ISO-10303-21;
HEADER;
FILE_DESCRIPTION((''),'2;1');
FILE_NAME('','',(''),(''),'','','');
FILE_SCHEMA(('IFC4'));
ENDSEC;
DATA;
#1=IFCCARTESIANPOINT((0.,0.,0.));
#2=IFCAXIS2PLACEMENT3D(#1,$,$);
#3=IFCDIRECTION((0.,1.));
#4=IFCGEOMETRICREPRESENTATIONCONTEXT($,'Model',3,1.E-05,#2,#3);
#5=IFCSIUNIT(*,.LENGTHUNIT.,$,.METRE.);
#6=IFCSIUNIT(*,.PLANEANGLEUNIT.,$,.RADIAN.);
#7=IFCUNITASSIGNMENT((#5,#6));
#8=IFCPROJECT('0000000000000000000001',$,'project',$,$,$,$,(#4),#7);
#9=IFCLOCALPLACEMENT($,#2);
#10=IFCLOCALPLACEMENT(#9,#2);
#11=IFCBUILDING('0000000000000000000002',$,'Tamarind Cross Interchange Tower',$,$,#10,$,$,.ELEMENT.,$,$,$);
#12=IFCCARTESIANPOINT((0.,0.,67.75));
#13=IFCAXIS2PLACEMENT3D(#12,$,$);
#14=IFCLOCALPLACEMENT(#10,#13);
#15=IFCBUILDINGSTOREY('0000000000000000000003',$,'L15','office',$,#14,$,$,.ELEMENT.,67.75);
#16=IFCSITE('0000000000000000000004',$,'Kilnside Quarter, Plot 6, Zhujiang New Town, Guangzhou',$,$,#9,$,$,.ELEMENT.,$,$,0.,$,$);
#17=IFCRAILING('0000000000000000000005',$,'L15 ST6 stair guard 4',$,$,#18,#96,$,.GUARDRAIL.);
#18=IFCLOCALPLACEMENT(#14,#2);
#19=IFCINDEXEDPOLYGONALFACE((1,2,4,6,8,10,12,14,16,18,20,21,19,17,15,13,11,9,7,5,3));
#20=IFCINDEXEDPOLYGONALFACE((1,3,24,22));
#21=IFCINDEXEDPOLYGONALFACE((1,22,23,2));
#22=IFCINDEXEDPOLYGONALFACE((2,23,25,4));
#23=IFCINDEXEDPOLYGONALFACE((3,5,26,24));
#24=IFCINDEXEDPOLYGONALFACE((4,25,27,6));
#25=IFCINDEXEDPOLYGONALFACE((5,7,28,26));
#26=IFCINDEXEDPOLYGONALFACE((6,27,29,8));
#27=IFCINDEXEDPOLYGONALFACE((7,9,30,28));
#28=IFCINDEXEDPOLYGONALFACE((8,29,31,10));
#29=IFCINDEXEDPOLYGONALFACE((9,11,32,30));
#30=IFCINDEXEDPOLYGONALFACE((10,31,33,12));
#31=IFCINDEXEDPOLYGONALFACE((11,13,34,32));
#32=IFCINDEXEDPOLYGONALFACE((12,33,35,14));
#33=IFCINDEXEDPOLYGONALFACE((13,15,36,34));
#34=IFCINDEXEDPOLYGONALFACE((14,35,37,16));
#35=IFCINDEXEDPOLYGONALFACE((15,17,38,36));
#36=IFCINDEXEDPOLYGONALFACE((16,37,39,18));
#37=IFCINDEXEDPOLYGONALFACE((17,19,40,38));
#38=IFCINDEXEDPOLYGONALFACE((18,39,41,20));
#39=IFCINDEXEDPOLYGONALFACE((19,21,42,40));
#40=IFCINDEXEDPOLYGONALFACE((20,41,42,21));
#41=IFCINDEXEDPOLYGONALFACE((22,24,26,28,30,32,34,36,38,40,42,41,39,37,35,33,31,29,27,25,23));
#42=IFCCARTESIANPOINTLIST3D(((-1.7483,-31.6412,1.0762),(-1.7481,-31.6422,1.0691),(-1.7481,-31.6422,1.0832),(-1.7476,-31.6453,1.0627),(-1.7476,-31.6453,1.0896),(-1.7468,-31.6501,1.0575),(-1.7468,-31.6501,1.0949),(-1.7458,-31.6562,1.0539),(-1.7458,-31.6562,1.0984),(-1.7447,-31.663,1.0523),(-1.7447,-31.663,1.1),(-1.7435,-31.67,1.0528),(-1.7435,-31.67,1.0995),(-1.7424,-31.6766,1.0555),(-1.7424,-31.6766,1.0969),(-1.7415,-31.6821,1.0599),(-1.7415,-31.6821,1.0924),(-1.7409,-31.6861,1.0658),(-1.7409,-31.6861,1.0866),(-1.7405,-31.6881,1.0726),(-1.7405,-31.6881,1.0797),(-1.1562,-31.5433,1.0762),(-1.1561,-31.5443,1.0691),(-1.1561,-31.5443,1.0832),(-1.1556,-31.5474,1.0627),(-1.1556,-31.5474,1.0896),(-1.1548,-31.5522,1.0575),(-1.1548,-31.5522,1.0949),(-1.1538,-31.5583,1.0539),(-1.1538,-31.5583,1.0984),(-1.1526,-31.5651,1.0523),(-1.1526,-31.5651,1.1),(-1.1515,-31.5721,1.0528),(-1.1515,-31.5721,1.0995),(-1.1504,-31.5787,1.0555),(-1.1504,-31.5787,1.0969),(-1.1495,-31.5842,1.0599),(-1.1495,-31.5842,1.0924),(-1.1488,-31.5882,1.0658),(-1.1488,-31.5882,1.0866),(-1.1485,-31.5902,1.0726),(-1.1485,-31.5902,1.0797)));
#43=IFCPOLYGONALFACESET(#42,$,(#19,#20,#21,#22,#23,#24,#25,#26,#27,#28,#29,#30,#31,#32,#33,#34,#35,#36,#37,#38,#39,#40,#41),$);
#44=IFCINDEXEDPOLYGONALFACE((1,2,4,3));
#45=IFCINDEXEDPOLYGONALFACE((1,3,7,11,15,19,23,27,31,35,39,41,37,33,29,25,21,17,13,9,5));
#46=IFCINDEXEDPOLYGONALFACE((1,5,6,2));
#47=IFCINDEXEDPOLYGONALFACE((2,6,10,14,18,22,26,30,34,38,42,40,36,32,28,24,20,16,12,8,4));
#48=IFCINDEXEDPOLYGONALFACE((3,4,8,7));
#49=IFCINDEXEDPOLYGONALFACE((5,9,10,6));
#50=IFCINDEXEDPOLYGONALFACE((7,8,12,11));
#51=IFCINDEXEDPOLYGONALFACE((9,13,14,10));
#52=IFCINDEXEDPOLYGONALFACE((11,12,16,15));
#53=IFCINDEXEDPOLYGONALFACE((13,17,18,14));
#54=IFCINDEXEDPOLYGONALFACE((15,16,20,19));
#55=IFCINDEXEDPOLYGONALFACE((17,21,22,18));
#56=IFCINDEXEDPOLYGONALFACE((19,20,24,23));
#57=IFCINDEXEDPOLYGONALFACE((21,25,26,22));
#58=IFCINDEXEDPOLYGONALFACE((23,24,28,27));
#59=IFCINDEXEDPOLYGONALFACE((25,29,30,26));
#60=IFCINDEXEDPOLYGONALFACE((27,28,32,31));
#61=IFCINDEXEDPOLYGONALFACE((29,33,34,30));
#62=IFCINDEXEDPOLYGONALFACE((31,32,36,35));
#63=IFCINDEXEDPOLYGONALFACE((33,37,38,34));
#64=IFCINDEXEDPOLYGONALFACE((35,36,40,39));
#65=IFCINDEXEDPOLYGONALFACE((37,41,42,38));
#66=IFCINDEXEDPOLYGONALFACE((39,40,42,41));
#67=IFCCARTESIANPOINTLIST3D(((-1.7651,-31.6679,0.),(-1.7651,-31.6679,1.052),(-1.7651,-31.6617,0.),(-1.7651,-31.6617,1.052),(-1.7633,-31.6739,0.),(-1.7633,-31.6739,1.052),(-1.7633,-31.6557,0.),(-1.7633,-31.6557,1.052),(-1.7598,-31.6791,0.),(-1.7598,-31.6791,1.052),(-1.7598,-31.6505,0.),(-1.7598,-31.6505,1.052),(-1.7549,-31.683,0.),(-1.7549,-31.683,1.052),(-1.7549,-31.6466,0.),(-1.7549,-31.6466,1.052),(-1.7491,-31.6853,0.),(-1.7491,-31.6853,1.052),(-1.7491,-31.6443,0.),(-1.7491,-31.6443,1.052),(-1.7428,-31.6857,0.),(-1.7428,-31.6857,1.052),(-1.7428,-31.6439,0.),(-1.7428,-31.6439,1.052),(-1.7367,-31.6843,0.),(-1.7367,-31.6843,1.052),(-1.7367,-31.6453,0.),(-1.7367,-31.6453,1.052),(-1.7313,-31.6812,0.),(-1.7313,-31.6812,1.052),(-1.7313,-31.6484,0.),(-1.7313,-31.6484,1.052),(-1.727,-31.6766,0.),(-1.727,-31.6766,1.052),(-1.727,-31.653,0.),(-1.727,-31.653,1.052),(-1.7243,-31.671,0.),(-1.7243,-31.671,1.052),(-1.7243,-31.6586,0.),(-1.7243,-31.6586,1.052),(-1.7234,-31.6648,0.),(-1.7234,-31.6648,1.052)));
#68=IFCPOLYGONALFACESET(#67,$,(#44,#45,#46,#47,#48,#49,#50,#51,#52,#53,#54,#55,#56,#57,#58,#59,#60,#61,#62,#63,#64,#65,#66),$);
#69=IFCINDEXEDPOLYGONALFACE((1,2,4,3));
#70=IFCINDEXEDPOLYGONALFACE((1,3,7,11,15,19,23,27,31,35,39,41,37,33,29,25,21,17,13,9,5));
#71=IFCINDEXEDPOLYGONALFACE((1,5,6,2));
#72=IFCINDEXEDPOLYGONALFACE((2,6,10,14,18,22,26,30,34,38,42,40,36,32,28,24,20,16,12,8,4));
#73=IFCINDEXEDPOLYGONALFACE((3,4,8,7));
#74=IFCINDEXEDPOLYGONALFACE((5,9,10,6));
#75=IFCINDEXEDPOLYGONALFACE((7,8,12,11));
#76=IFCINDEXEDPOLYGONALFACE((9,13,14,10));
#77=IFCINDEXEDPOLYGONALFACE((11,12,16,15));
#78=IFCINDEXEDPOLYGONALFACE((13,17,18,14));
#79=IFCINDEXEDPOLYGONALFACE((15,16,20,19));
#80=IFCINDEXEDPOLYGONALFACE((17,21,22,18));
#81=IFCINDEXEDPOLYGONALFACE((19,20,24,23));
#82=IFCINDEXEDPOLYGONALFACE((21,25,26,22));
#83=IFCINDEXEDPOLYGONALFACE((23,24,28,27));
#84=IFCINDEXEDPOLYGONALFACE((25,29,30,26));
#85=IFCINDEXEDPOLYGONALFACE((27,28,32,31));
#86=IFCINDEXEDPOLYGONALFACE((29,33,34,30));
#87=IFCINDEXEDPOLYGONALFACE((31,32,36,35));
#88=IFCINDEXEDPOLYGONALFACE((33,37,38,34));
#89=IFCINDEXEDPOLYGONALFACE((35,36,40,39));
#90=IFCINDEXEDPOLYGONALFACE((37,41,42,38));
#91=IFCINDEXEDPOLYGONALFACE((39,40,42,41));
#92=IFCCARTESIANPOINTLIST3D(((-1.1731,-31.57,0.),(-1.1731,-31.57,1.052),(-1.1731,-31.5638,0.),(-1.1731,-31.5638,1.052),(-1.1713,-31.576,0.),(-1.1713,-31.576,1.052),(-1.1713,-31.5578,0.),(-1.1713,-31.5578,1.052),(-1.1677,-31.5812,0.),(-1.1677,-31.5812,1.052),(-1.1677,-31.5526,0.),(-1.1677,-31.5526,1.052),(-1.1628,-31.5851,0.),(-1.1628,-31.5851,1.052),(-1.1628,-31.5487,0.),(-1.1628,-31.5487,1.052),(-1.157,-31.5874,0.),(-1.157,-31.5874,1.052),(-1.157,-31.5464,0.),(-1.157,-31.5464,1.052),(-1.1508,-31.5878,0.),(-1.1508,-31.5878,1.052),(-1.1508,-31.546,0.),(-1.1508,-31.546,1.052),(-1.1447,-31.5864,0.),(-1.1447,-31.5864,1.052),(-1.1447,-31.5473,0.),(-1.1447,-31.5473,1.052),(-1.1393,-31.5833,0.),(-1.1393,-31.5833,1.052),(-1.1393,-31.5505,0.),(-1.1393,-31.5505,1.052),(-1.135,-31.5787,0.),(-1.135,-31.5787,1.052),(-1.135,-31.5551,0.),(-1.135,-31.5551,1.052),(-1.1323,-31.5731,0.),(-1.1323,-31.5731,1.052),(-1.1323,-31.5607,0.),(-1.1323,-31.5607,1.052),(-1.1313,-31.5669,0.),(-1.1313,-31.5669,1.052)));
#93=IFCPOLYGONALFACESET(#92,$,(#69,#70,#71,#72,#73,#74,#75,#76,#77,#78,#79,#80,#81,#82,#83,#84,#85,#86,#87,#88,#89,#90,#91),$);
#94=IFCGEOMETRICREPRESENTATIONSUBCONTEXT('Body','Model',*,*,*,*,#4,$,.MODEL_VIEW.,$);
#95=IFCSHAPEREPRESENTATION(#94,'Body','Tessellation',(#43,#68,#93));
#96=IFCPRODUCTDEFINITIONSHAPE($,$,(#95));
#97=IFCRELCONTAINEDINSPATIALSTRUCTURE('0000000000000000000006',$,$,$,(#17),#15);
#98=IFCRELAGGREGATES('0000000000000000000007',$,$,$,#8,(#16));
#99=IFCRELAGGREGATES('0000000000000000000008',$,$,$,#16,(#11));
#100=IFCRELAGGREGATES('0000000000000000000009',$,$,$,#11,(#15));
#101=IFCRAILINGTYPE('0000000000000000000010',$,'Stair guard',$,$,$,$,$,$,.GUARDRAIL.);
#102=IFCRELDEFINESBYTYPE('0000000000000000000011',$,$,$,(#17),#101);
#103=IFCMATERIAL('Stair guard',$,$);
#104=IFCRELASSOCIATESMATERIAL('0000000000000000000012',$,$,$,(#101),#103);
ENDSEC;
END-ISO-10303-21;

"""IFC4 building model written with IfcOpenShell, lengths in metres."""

from ifc_helpers import new_model, si_unit, direction, frame, origin, origin_2d, place, context, subcontext, project, spatial, circle, extrude, material, type_object, element, save


model = new_model("IFC4")

# Units and contexts
model_context = context("Model", 3, precision=1e-05, world=origin(), true_north=direction((0.0, 1.0)))
body_context = subcontext(model_context, "Body", "Model", "MODEL_VIEW")
ifc_project = project(units=[si_unit("LENGTHUNIT", "METRE"), si_unit("PLANEANGLEUNIT", "RADIAN")], contexts=[model_context])

# Site, building, storey
site_placement = place(None, origin())
site = spatial("IfcSite", under=ifc_project, at=site_placement, Name="Kilnside Quarter, Plot 6, Zhujiang New Town, Guangzhou", CompositionType="ELEMENT", RefElevation=0.0)
building_placement = place(site_placement, origin())
building = spatial("IfcBuilding", under=site, at=building_placement, Name="Tamarind Cross Interchange Tower", CompositionType="ELEMENT")
storey_placement = place(building_placement, frame((0.0, 0.0, 67.75)))
storey = spatial("IfcBuildingStorey", under=building, at=storey_placement, Name="L15", Description="office", CompositionType="ELEMENT", Elevation=67.75)

# Railing
ifc_material_1 = material(Name="Stair guard")
railing_type_1 = type_object("IfcRailingType", Name="Stair guard", PredefinedType="GUARDRAIL", material=ifc_material_1)
railing_1_placement = place(storey_placement, frame((-1.7444, -31.6648, 0.0)))
element("IfcRailing", 1, at=railing_1_placement, inside=storey, type_object=railing_type_1, Name="L15 ST6 stair guard 4", PredefinedType="GUARDRAIL", context=body_context, shape_type="SweptSolid", body=[
    extrude(circle(Radius=0.0239, at=origin_2d()), frame((0.0, 0.0, 1.0762), z_axis=(0.986602, 0.163145, 0.0), x_axis=(-0.163145, 0.986602, 0.0)), (0.0, 0.0, 1.0), 0.6001),
    extrude(circle(Radius=0.021, at=origin_2d()), origin(), (0.0, 0.0, 1.0), 1.052),
    extrude(circle(Radius=0.021, at=origin_2d()), frame((0.592, 0.0979, 0.0)), (0.0, 0.0, 1.0), 1.052),
])

save(model, "model.ifc")
